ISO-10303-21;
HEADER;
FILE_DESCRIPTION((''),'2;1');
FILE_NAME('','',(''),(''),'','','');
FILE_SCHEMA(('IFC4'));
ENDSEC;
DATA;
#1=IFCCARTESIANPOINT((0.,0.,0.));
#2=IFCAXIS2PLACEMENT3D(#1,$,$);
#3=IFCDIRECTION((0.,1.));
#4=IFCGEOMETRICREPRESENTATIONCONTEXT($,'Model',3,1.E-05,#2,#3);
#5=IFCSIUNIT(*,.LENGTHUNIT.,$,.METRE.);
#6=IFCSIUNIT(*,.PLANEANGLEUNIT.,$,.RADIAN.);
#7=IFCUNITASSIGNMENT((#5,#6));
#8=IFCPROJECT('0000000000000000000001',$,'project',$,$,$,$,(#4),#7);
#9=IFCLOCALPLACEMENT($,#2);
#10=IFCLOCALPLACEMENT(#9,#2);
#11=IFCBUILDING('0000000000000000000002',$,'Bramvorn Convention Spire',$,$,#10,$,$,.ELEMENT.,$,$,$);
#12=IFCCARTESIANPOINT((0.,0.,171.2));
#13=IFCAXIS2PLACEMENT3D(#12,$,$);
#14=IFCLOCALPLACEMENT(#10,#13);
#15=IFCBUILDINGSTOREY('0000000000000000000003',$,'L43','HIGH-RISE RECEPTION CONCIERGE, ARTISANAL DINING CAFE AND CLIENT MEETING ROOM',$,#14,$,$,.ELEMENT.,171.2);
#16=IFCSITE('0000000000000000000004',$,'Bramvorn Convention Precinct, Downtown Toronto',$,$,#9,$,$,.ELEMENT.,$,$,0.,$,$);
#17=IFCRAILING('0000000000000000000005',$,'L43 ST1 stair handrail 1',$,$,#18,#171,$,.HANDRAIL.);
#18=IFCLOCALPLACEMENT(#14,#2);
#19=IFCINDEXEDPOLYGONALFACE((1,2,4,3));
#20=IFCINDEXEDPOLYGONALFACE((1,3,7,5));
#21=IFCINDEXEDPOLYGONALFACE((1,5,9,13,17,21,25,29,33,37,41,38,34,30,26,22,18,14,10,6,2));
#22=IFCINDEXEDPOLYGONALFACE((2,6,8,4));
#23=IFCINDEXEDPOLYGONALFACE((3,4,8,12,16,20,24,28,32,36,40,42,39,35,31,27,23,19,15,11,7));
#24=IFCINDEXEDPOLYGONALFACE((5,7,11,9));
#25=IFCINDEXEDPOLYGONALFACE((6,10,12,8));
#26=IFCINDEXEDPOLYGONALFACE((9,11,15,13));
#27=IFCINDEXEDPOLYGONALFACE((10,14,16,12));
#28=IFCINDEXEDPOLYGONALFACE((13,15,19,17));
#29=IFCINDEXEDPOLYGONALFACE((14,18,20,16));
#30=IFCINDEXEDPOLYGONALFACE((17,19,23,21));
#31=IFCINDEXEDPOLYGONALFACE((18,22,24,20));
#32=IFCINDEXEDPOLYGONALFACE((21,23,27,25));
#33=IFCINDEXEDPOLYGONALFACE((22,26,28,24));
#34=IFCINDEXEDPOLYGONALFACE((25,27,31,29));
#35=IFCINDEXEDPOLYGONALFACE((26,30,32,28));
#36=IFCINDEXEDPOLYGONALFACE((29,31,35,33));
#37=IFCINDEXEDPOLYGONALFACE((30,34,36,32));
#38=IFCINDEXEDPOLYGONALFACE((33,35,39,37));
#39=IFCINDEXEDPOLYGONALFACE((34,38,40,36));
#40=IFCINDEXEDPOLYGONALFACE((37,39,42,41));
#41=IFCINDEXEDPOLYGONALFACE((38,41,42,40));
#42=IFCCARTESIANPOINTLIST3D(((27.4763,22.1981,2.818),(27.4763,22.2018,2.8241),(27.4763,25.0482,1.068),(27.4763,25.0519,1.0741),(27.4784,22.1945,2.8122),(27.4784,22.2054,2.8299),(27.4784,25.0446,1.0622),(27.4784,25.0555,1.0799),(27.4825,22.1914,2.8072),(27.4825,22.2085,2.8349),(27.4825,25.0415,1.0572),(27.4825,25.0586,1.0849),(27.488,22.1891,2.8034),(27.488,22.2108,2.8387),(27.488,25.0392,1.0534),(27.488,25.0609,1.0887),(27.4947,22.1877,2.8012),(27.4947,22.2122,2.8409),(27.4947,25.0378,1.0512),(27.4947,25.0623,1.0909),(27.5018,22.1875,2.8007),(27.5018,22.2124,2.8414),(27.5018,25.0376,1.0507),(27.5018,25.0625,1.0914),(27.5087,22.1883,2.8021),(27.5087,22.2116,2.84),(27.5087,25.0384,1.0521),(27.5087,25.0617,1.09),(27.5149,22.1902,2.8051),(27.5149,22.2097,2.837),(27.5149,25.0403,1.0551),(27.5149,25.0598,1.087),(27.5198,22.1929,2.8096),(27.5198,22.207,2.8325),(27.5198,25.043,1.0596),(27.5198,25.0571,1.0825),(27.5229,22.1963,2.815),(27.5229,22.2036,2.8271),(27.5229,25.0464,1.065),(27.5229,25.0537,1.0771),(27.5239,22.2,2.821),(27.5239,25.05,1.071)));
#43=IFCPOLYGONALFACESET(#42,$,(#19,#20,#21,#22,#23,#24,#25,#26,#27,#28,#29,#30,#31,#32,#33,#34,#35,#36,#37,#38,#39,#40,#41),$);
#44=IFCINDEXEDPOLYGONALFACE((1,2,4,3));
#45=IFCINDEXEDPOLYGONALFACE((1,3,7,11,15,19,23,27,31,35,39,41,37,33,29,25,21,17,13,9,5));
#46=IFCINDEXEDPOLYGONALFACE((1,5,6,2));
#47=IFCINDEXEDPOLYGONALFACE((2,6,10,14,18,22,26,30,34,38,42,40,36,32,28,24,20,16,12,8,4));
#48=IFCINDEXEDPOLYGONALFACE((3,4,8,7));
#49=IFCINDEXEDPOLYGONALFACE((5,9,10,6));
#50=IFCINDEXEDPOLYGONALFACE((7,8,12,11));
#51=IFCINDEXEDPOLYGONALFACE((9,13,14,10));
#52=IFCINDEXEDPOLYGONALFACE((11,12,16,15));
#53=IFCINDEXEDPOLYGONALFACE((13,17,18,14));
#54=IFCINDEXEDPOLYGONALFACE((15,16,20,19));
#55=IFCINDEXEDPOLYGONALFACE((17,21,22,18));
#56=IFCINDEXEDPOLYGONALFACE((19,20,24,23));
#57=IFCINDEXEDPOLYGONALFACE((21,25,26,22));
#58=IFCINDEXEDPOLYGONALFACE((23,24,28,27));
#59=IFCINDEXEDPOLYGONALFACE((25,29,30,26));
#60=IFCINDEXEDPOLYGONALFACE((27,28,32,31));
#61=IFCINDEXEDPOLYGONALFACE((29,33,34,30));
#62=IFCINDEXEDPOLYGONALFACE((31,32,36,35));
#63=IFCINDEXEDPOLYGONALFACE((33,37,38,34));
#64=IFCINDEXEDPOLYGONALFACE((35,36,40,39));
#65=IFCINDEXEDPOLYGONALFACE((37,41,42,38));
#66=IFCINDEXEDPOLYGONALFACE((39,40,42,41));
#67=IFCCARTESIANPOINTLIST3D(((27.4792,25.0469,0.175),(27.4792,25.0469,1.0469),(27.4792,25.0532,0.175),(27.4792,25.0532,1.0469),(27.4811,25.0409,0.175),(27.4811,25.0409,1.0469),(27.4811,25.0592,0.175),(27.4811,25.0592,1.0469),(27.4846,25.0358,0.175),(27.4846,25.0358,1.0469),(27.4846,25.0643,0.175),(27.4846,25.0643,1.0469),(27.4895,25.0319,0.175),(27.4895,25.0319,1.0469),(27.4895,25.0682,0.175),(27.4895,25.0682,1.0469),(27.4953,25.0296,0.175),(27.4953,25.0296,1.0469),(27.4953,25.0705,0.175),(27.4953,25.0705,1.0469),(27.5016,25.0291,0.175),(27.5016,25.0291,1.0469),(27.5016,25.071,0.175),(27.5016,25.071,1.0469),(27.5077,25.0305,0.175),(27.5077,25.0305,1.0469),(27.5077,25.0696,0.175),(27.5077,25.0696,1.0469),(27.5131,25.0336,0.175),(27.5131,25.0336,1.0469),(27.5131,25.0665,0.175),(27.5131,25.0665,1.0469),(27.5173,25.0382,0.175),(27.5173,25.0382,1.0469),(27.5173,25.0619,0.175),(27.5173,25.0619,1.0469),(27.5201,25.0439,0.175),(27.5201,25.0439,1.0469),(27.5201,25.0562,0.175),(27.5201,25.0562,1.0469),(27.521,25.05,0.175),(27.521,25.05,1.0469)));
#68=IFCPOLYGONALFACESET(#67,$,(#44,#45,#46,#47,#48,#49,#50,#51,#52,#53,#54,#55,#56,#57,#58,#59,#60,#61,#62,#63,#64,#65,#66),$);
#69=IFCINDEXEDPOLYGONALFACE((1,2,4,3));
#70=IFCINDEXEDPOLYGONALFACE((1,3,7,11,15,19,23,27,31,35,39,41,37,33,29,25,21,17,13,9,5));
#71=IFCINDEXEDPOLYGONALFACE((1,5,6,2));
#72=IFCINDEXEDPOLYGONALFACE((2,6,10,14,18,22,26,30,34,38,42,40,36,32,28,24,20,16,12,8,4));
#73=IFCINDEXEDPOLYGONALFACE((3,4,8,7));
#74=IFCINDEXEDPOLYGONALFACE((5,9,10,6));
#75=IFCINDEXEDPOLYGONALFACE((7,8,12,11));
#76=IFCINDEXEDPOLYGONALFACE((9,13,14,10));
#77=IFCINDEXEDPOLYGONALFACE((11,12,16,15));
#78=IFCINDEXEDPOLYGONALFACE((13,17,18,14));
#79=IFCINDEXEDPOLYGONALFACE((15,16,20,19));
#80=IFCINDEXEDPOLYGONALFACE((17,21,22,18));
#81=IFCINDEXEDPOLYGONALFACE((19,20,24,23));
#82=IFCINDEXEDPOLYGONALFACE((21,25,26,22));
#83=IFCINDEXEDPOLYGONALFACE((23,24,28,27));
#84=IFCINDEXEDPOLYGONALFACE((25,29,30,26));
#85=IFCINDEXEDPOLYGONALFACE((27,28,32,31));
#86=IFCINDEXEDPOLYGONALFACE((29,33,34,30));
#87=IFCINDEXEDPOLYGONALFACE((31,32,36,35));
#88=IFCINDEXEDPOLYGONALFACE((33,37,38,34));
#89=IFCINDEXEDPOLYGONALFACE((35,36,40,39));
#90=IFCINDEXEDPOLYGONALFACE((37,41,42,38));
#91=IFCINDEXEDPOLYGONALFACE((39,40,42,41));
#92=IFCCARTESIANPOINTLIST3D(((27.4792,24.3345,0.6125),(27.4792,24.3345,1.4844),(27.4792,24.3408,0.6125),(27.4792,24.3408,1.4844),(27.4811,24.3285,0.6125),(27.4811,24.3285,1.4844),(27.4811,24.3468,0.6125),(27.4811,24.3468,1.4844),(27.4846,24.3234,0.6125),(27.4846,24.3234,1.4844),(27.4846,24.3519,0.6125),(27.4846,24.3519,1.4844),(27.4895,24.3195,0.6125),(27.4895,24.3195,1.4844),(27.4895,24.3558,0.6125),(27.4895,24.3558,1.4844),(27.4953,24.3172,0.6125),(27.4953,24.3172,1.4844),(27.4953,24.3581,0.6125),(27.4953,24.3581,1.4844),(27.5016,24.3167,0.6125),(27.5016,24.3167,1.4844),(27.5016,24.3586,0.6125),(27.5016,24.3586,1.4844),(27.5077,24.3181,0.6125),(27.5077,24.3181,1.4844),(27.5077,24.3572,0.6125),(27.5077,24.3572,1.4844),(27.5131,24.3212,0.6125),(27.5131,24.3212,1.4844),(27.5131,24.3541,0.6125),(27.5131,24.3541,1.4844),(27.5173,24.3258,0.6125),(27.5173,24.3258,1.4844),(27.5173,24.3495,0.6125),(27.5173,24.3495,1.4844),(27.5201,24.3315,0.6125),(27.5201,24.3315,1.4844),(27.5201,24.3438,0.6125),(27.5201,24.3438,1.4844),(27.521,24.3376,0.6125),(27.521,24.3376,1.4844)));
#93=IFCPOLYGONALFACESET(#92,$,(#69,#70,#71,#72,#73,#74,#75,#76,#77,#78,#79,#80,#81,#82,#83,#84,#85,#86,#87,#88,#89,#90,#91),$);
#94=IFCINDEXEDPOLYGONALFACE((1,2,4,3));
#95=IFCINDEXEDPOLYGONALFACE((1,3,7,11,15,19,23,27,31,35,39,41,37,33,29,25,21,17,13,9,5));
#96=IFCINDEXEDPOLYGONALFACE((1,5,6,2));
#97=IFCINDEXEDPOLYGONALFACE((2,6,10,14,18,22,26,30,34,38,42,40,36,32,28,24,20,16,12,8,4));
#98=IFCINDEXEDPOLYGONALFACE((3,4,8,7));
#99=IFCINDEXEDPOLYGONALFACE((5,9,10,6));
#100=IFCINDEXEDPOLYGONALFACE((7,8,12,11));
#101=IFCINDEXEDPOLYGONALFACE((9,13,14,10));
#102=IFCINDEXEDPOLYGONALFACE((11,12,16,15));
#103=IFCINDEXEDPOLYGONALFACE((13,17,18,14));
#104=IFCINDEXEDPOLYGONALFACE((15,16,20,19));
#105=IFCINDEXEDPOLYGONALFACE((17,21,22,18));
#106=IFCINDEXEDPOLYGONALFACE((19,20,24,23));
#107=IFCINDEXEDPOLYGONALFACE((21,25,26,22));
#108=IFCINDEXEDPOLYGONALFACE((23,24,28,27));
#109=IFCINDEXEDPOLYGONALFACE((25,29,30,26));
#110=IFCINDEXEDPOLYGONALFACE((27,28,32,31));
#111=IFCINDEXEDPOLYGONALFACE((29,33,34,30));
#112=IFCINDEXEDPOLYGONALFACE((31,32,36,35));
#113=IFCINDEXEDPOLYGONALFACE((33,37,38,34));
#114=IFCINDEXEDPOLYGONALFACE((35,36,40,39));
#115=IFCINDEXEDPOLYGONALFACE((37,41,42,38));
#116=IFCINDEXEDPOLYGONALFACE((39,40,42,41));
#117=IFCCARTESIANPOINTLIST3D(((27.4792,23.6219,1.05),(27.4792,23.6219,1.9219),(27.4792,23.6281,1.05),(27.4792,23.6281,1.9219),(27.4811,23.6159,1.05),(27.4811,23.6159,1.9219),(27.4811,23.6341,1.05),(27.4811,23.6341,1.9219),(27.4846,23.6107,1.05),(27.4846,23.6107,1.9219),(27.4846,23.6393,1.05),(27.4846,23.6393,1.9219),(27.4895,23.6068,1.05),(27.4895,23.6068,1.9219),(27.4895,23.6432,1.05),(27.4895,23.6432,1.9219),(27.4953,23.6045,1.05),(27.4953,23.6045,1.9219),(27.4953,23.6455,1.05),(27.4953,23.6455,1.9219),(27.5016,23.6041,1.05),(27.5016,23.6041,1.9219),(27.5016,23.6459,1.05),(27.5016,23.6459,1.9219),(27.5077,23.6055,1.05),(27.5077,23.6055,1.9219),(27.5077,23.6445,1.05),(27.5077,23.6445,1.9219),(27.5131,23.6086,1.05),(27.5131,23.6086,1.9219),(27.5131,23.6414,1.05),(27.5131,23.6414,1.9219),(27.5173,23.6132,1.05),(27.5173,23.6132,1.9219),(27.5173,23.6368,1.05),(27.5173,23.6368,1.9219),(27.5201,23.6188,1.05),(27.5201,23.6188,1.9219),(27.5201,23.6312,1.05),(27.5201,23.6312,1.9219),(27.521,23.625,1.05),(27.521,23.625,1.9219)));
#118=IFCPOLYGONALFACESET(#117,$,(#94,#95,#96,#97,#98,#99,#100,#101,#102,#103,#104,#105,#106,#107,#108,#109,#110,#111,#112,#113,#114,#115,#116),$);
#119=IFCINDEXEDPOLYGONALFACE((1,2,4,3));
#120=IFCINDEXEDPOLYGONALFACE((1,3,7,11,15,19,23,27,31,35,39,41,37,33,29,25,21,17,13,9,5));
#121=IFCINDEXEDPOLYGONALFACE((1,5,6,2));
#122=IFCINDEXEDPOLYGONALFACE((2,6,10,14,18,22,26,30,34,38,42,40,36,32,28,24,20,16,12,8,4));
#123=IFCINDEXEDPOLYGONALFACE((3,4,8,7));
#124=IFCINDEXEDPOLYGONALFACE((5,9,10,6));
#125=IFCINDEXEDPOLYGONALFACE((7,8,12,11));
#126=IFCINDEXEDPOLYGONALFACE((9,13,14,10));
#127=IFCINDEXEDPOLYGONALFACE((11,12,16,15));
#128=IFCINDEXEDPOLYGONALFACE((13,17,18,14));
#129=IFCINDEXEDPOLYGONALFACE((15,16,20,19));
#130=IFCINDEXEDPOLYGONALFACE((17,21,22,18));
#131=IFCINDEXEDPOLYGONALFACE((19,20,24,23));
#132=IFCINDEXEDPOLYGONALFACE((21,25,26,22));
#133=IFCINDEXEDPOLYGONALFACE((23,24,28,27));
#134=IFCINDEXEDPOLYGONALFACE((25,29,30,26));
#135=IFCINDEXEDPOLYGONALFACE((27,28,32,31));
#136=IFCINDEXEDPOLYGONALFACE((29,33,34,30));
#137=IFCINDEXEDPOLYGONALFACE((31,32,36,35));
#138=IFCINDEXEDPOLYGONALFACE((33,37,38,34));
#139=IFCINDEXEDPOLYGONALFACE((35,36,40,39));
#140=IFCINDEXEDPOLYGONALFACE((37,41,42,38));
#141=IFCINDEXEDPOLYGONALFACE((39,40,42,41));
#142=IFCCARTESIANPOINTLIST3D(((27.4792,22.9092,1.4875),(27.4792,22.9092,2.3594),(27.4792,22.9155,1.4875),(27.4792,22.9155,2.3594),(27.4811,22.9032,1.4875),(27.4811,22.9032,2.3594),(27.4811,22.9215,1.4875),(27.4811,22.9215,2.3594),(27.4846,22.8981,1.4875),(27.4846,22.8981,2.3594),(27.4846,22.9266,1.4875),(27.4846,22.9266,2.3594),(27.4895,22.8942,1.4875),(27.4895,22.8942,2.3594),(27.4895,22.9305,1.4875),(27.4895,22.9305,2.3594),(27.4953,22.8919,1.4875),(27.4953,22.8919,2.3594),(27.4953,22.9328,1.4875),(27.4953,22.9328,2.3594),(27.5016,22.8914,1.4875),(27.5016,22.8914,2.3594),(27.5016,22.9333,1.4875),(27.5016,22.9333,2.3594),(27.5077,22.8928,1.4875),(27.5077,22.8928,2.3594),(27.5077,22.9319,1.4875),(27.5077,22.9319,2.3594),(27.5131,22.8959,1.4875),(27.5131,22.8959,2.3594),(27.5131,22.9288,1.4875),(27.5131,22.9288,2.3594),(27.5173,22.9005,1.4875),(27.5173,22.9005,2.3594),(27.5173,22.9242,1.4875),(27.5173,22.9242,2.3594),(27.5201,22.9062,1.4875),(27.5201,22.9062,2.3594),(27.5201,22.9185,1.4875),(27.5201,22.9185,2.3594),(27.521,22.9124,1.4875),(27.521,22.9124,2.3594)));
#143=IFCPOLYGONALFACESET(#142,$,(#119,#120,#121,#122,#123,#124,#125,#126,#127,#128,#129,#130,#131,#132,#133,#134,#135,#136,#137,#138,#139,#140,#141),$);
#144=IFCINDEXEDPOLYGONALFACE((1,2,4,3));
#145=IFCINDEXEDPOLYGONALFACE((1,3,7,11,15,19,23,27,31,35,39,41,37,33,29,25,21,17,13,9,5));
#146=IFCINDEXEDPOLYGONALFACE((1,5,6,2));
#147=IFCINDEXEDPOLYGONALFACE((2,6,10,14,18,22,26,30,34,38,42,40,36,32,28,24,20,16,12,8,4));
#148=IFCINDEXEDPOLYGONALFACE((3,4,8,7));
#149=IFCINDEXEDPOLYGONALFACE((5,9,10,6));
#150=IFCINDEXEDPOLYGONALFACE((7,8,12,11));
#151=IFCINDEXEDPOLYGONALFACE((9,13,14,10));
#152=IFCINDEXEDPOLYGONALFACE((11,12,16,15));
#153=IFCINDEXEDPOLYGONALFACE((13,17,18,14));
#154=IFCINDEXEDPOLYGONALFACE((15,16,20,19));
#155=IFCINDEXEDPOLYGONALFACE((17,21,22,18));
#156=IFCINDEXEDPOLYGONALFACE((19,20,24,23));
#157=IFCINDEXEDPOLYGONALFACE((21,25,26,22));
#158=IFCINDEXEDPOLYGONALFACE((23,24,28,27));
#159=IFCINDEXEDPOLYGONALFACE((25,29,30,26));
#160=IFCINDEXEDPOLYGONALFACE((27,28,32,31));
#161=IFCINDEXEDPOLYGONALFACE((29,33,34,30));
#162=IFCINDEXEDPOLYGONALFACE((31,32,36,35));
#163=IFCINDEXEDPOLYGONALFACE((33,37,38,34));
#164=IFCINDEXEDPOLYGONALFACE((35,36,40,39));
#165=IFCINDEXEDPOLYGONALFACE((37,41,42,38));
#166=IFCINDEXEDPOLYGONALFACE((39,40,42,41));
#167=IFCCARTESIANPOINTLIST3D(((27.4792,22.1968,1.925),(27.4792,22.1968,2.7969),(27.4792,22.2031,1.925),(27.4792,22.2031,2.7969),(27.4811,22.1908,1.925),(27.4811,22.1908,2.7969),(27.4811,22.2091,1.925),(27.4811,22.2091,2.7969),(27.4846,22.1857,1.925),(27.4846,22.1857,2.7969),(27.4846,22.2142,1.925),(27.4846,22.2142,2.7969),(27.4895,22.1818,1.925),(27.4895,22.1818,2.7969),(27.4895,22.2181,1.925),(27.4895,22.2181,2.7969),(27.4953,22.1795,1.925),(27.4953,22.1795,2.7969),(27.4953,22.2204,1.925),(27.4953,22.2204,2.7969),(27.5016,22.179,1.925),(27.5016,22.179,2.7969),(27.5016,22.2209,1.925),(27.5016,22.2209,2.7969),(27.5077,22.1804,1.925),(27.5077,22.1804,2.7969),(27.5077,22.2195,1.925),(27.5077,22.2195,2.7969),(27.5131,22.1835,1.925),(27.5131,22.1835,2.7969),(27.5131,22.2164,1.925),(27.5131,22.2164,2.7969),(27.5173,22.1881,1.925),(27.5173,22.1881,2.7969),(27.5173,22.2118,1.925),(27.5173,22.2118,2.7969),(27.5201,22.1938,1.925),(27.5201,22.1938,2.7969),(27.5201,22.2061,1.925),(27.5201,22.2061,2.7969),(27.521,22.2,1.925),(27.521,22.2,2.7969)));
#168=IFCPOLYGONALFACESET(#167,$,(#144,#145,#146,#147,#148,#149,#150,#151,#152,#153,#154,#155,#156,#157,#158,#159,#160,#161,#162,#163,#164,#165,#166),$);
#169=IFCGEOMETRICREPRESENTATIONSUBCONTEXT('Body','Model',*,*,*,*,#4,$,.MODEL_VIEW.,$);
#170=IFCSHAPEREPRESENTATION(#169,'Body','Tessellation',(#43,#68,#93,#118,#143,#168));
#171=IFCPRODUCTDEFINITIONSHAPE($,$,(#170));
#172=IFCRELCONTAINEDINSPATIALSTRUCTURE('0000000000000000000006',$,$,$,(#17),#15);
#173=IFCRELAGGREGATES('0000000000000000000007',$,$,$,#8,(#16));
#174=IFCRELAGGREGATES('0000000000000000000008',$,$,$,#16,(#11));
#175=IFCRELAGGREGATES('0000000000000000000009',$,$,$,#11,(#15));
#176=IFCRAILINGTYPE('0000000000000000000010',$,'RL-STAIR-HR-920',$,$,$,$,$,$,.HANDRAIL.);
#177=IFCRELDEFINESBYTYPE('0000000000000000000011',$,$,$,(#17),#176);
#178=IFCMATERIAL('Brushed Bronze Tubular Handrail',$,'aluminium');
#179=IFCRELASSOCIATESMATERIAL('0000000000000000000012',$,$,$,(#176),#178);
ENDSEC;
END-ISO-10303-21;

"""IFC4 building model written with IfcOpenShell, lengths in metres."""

from ifc_helpers import new_model, si_unit, direction, frame, origin, origin_2d, place, context, subcontext, project, spatial, circle, extrude, material, type_object, element, save


model = new_model("IFC4")

# Units and contexts
model_context = context("Model", 3, precision=1e-05, world=origin(), true_north=direction((0.0, 1.0)))
body_context = subcontext(model_context, "Body", "Model", "MODEL_VIEW")
ifc_project = project(units=[si_unit("LENGTHUNIT", "METRE"), si_unit("PLANEANGLEUNIT", "RADIAN")], contexts=[model_context])

# Site, building, storey
site_placement = place(None, origin())
site = spatial("IfcSite", under=ifc_project, at=site_placement, Name="Bramvorn Convention Precinct, Downtown Toronto", CompositionType="ELEMENT", RefElevation=0.0)
building_placement = place(site_placement, origin())
building = spatial("IfcBuilding", under=site, at=building_placement, Name="Bramvorn Convention Spire", CompositionType="ELEMENT")
storey_placement = place(building_placement, frame((0.0, 0.0, 171.2)))
storey = spatial("IfcBuildingStorey", under=building, at=storey_placement, Name="L43", Description="HIGH-RISE RECEPTION CONCIERGE, ARTISANAL DINING CAFE AND CLIENT MEETING ROOM", CompositionType="ELEMENT", Elevation=171.2)

# Railing
ifc_material_1 = material(Name="Brushed Bronze Tubular Handrail", Category="aluminium")
railing_type_1 = type_object("IfcRailingType", Name="RL-STAIR-HR-920", PredefinedType="HANDRAIL", material=ifc_material_1)
railing_1_placement = place(storey_placement, frame((27.5, 25.05, 0.175)))
element("IfcRailing", 1, at=railing_1_placement, inside=storey, type_object=railing_type_1, Name="L43 ST1 stair handrail 1", PredefinedType="HANDRAIL", context=body_context, shape_type="SweptSolid", body=[
    extrude(circle(Radius=0.0239, at=origin_2d()), frame((0.0, 0.0, 0.896), z_axis=(0.0, -0.852179, 0.52325), x_axis=(1.0, 0.0, 0.0)), (0.0, 0.0, 1.0), 3.3445),
    extrude(circle(Radius=0.021, at=origin_2d()), origin(), (0.0, 0.0, 1.0), 0.8718),
    extrude(circle(Radius=0.021, at=origin_2d()), frame((0.0, -0.7124, 0.4375)), (0.0, 0.0, 1.0), 0.8718),
    extrude(circle(Radius=0.021, at=origin_2d()), frame((0.0, -1.425, 0.875)), (0.0, 0.0, 1.0), 0.8718),
    extrude(circle(Radius=0.021, at=origin_2d()), frame((0.0, -2.1377, 1.3125)), (0.0, 0.0, 1.0), 0.8718),
    extrude(circle(Radius=0.021, at=origin_2d()), frame((0.0, -2.8501, 1.75)), (0.0, 0.0, 1.0), 0.8718),
])

save(model, "model.ifc")
